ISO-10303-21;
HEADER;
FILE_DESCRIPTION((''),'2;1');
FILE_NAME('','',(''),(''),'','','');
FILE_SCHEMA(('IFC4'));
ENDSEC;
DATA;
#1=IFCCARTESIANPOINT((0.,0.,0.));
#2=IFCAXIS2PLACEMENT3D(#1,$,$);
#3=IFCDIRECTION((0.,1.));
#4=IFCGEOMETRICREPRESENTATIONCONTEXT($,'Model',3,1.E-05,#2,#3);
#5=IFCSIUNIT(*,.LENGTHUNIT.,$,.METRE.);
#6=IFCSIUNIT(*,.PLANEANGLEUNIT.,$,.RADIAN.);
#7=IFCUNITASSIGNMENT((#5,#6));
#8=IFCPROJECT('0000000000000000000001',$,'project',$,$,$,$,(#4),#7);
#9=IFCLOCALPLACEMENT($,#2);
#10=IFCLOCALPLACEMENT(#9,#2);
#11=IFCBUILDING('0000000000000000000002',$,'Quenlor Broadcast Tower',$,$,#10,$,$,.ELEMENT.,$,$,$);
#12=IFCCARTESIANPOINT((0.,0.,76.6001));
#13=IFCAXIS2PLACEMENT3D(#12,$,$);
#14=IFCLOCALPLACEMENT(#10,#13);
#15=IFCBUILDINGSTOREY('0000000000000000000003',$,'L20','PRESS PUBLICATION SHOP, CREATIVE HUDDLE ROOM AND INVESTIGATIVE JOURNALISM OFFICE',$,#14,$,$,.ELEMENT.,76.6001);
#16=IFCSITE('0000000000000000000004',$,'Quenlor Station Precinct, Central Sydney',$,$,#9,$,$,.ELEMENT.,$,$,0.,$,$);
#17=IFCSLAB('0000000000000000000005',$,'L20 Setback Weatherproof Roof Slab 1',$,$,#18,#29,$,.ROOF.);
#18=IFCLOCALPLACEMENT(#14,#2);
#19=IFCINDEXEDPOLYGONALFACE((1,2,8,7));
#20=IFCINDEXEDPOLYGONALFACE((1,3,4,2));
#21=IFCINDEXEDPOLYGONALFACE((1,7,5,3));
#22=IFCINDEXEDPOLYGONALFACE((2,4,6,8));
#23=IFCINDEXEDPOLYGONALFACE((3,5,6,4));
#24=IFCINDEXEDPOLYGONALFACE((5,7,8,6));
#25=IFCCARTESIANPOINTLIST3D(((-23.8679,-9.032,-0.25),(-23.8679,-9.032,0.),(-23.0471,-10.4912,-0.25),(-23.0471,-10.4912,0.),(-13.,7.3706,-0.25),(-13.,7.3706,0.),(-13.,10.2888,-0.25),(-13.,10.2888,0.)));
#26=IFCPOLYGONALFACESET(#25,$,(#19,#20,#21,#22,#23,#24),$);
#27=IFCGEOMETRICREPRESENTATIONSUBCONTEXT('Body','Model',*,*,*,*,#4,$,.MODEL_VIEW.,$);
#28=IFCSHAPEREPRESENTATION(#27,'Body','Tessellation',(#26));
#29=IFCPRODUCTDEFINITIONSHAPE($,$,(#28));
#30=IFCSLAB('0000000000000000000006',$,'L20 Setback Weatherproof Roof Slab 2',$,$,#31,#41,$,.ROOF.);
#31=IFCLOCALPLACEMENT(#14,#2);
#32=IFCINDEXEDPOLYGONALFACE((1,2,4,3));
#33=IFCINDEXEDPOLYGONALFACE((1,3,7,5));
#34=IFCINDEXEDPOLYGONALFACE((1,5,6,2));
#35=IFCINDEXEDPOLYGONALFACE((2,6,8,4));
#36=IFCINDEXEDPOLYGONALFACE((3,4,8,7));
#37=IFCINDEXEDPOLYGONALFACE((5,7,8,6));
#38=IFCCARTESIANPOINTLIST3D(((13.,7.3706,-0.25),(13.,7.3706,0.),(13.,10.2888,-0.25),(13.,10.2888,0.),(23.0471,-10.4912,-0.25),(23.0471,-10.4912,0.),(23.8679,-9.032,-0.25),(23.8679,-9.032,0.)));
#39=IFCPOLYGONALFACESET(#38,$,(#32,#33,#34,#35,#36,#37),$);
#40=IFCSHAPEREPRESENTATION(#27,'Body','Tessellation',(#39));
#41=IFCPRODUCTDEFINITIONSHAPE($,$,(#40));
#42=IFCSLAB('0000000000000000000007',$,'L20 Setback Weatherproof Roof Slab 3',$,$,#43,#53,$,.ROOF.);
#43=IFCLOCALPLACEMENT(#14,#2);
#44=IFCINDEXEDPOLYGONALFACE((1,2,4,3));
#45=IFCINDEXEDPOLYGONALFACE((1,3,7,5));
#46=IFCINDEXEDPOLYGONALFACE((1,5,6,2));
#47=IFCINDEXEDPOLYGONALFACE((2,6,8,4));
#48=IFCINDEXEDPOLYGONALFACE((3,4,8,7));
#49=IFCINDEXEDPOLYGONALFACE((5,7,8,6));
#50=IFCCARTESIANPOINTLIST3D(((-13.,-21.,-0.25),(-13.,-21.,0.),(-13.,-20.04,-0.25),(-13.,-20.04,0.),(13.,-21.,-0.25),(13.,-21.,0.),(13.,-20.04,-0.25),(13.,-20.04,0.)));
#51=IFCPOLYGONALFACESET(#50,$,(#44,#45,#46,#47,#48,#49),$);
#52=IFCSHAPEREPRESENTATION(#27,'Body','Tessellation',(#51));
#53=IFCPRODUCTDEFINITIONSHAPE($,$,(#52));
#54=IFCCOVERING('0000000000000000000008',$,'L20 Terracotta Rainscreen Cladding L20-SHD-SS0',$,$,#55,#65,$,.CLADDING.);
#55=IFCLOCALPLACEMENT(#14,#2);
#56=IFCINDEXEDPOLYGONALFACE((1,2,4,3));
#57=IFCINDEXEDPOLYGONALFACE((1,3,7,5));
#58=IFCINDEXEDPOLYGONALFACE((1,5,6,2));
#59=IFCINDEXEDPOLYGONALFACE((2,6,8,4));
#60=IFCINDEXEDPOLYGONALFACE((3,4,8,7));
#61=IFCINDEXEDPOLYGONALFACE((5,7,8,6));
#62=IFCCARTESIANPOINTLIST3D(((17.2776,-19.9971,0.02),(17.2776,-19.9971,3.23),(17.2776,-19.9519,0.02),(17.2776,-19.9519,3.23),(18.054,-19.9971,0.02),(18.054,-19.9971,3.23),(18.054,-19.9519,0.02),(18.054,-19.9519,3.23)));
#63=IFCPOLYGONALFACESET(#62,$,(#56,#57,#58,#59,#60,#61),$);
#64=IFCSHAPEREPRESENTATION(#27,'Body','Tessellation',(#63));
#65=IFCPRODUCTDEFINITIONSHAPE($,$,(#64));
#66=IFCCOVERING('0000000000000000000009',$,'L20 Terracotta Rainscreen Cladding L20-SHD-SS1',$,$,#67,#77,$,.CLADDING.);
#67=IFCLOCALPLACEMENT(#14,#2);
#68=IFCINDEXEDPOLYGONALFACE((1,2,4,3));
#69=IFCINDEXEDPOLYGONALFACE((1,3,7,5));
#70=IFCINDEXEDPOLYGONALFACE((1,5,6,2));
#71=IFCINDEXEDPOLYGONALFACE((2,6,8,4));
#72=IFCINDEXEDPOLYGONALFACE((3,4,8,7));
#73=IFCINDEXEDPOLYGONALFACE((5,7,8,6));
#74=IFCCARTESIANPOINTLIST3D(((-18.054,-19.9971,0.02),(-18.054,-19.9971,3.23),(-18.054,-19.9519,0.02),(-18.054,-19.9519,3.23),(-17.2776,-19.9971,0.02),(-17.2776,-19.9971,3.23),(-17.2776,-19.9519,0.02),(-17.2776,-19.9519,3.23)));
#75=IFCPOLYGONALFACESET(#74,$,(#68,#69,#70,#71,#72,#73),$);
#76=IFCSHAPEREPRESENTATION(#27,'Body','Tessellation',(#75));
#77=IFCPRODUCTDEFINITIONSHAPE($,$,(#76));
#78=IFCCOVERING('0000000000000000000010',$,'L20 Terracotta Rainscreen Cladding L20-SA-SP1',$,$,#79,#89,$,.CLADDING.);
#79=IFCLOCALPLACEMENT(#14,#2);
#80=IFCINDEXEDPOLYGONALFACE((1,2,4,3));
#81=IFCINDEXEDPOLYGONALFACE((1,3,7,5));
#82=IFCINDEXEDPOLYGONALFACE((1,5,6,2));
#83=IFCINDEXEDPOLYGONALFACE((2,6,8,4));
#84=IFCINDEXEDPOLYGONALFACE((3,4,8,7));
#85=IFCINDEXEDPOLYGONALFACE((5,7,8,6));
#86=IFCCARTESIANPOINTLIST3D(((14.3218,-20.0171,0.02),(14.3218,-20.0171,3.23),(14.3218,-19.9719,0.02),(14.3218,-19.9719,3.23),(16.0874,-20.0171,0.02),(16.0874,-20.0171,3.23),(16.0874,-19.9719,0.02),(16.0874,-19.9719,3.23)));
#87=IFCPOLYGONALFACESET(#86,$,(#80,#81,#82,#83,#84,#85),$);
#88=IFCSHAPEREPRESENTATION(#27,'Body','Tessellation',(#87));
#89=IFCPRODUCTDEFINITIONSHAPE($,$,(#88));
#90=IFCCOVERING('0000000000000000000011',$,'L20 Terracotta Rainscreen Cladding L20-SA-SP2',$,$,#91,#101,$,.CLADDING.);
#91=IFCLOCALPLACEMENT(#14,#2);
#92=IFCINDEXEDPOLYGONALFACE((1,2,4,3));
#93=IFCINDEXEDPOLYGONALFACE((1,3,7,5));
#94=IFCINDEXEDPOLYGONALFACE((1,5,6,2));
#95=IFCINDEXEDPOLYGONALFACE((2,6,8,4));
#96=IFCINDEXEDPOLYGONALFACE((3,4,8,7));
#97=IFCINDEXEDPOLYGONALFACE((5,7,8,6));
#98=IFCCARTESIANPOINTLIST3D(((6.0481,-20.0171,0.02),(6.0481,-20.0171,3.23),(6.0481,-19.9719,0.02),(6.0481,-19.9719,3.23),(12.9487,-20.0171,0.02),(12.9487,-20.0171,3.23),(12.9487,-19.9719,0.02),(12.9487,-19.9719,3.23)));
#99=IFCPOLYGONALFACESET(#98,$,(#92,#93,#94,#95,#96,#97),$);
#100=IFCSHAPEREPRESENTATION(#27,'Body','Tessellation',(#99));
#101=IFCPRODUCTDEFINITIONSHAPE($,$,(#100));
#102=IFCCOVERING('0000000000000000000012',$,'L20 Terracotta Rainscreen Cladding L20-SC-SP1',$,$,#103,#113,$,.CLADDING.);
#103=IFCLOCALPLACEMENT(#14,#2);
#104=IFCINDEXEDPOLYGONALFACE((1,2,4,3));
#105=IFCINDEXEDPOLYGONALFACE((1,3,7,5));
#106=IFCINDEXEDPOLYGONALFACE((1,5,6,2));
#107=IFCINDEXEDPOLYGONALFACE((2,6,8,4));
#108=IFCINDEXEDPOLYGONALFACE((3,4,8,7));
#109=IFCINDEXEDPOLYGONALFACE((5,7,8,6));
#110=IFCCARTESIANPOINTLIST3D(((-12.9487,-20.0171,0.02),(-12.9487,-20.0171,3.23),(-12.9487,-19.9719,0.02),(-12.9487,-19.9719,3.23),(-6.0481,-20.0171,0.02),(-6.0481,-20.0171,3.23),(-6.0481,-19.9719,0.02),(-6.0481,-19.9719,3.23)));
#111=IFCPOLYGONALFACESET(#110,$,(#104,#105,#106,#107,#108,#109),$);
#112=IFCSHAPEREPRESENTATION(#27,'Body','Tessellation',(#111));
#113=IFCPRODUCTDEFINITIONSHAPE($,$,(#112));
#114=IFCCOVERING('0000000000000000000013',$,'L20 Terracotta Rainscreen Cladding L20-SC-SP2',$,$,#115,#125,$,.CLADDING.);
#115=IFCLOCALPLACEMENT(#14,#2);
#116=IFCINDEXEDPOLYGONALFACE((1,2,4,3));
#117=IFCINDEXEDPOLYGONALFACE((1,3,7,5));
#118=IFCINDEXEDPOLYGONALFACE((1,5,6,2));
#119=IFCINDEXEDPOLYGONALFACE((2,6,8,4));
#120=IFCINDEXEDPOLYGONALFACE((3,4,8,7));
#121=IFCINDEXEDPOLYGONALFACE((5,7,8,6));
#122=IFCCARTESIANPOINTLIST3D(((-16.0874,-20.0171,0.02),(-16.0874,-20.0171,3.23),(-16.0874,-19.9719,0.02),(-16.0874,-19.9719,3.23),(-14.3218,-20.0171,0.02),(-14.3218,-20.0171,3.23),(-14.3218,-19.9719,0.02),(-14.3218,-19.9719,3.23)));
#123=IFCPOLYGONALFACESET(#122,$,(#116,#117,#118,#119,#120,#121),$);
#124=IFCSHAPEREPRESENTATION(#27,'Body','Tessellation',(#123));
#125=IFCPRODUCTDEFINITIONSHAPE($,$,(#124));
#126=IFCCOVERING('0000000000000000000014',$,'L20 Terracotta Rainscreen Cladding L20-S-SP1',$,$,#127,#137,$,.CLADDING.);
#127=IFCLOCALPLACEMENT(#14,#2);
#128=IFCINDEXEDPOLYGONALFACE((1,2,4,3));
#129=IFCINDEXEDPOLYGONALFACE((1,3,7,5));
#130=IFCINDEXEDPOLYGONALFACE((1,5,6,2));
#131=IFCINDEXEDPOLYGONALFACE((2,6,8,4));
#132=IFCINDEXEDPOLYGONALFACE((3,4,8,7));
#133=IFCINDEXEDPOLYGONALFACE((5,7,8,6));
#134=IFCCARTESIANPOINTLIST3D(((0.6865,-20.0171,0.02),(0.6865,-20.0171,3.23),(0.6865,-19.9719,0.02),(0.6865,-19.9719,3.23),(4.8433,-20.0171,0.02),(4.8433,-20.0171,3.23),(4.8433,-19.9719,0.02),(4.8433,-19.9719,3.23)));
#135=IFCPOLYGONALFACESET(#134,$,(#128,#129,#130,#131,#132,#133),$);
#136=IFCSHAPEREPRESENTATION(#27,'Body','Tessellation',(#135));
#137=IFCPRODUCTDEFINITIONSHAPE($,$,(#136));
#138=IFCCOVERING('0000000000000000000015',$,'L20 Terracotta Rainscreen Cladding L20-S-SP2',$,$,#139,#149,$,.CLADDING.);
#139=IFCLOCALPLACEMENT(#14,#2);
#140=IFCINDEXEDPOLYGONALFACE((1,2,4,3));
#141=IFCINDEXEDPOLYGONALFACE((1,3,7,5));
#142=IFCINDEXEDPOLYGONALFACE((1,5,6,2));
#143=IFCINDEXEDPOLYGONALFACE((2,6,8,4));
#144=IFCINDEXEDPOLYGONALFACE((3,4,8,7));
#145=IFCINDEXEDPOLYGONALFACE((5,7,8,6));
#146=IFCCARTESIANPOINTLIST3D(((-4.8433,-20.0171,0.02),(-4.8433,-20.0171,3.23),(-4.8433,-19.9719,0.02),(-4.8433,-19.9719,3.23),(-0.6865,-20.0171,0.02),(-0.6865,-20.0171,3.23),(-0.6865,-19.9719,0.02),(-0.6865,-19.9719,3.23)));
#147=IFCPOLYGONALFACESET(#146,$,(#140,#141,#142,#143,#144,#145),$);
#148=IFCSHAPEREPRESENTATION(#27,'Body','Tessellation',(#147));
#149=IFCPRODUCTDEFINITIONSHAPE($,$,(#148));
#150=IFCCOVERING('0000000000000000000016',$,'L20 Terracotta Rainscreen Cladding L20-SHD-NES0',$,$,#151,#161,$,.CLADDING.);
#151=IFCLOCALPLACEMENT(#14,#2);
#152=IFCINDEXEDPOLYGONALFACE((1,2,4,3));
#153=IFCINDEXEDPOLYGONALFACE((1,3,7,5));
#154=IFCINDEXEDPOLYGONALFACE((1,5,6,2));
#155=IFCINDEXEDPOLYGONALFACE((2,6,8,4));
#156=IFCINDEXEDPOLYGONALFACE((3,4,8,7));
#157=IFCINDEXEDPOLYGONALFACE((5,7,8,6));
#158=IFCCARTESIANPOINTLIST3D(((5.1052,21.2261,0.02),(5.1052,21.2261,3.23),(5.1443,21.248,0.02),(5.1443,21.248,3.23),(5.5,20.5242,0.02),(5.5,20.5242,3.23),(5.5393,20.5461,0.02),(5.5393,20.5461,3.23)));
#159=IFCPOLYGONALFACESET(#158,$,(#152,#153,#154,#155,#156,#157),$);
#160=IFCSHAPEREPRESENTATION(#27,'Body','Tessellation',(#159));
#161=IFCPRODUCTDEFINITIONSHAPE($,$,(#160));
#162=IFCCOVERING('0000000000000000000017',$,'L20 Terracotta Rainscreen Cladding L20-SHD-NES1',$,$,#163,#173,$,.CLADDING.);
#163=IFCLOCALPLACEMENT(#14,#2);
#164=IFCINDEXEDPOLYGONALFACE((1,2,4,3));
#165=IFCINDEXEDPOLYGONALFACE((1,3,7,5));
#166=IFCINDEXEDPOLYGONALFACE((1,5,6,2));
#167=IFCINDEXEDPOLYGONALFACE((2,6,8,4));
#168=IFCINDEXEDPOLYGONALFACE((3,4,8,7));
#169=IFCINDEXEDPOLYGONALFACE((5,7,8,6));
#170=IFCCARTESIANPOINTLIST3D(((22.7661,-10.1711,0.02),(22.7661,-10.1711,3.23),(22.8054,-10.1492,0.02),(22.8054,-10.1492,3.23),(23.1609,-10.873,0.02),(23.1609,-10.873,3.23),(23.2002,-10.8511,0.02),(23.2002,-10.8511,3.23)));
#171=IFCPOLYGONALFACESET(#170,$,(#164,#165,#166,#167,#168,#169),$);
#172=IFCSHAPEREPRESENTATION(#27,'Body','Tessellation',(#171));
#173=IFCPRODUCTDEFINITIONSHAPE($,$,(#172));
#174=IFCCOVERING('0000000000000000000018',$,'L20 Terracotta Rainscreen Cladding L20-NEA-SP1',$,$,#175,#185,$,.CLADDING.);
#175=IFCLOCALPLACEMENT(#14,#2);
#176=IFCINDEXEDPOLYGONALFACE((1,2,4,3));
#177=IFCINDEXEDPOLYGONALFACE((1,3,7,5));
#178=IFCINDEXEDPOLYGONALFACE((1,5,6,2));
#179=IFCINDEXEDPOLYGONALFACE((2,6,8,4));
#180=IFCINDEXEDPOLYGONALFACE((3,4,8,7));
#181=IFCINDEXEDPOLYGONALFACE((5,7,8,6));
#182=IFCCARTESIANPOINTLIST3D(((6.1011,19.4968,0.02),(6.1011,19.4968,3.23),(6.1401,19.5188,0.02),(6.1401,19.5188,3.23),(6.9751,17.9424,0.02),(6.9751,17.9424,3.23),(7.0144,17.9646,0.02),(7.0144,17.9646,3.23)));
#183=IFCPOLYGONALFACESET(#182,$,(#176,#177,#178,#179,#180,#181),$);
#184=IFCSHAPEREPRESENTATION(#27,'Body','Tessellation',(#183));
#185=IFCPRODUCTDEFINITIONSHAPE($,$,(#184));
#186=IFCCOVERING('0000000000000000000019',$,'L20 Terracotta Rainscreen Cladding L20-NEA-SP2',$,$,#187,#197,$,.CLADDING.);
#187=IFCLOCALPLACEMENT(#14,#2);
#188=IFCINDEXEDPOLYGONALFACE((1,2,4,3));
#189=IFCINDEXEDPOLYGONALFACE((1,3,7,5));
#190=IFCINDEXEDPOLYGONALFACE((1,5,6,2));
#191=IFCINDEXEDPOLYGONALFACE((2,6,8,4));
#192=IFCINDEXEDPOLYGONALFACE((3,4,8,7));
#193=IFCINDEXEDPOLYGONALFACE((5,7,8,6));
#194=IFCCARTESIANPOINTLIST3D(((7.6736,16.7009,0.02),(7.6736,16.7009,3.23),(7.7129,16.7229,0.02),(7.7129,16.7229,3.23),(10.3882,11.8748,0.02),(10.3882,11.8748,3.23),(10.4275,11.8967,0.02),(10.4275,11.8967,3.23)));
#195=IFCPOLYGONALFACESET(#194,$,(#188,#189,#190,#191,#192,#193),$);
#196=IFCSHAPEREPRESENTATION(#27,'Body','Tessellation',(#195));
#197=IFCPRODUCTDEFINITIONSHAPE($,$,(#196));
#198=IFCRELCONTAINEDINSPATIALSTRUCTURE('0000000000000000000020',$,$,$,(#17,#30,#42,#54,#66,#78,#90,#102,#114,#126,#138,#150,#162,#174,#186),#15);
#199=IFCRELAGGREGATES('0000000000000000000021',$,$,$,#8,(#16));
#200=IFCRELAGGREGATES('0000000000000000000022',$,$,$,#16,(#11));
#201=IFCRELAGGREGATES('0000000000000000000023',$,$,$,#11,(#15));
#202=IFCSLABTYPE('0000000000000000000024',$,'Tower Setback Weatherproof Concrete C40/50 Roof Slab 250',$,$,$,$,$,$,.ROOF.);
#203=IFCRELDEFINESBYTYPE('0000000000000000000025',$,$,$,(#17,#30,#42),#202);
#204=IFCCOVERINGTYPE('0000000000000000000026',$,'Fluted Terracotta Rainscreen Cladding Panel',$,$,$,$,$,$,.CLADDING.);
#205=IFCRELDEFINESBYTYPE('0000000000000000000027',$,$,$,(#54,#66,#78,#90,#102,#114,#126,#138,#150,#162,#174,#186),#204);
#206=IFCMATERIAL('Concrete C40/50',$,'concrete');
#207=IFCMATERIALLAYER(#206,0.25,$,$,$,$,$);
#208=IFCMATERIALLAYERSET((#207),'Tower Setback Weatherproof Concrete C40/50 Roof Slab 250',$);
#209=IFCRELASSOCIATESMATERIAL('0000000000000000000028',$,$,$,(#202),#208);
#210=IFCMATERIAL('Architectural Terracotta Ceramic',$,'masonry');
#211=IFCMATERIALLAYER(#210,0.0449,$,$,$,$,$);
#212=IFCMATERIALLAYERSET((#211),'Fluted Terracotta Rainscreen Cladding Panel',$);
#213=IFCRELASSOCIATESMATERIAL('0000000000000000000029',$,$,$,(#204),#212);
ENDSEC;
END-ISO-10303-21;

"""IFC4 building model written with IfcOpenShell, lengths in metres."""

from ifc_helpers import new_model, si_unit, direction, frame, origin, place, context, subcontext, project, spatial, polyline, outline, extrude, material, layer, layer_set, type_object, element, save


model = new_model("IFC4")

# Units and contexts
model_context = context("Model", 3, precision=1e-05, world=origin(), true_north=direction((0.0, 1.0)))
body_context = subcontext(model_context, "Body", "Model", "MODEL_VIEW")
ifc_project = project(units=[si_unit("LENGTHUNIT", "METRE"), si_unit("PLANEANGLEUNIT", "RADIAN")], contexts=[model_context])

# Site, building, storey
site_placement = place(None, origin())
site = spatial("IfcSite", under=ifc_project, at=site_placement, Name="Quenlor Station Precinct, Central Sydney", CompositionType="ELEMENT", RefElevation=0.0)
building_placement = place(site_placement, origin())
building = spatial("IfcBuilding", under=site, at=building_placement, Name="Quenlor Broadcast Tower", CompositionType="ELEMENT")
storey_placement = place(building_placement, frame((0.0, 0.0, 76.6001)))
storey = spatial("IfcBuildingStorey", under=building, at=storey_placement, Name="L20", Description="PRESS PUBLICATION SHOP, CREATIVE HUDDLE ROOM AND INVESTIGATIVE JOURNALISM OFFICE", CompositionType="ELEMENT", Elevation=76.6001)

# Slabs
ifc_material_1 = material(Name="Concrete C40/50", Category="concrete")
ifc_layer_1 = layer(ifc_material_1, 0.25)
ifc_layer_set_1 = layer_set([ifc_layer_1], Name="Tower Setback Weatherproof Concrete C40/50 Roof Slab 250")
slab_type = type_object("IfcSlabType", Name="Tower Setback Weatherproof Concrete C40/50 Roof Slab 250", PredefinedType="ROOF", material=ifc_layer_set_1)
slab_1_placement = place(storey_placement, frame((0.0, 0.0, -0.25)))
element("IfcSlab", 1, at=slab_1_placement, inside=storey, type_object=slab_type, Name="L20 Setback Weatherproof Roof Slab 1", PredefinedType="ROOF", context=body_context, shape_type="SweptSolid", body=[
    extrude(outline(polyline([(-13.0, 10.2888), (-13.0, 7.3706), (-23.0471, -10.4912), (-23.8679, -9.032), (-13.0, 10.2888)])), origin(), (0.0, 0.0, 1.0), 0.25),
])
slab_2_placement = place(storey_placement, frame((0.0, 0.0, -0.25)))
element("IfcSlab", 2, at=slab_2_placement, inside=storey, type_object=slab_type, Name="L20 Setback Weatherproof Roof Slab 2", PredefinedType="ROOF", context=body_context, shape_type="SweptSolid", body=[
    extrude(outline(polyline([(23.8679, -9.032), (23.0471, -10.4912), (13.0, 7.3706), (13.0, 10.2888), (23.8679, -9.032)])), origin(), (0.0, 0.0, 1.0), 0.25),
])
slab_3_placement = place(storey_placement, frame((0.0, 0.0, -0.25)))
element("IfcSlab", 3, at=slab_3_placement, inside=storey, type_object=slab_type, Name="L20 Setback Weatherproof Roof Slab 3", PredefinedType="ROOF", context=body_context, shape_type="SweptSolid", body=[
    extrude(outline(polyline([(-13.0, -21.0), (-13.0, -20.04), (13.0, -20.04), (13.0, -21.0), (-13.0, -21.0)])), origin(), (0.0, 0.0, 1.0), 0.25),
])

# Coverings
ifc_material_2 = material(Name="Architectural Terracotta Ceramic", Category="masonry")
ifc_layer_2 = layer(ifc_material_2, 0.0449)
ifc_layer_set_2 = layer_set([ifc_layer_2], Name="Fluted Terracotta Rainscreen Cladding Panel")
covering_type = type_object("IfcCoveringType", Name="Fluted Terracotta Rainscreen Cladding Panel", PredefinedType="CLADDING", material=ifc_layer_set_2)
covering_1_placement = place(storey_placement, frame((0.0, 0.0, 0.02)))
element("IfcCovering", 4, at=covering_1_placement, inside=storey, type_object=covering_type, Name="L20 Terracotta Rainscreen Cladding L20-SHD-SS0", PredefinedType="CLADDING", context=body_context, shape_type="SweptSolid", body=[
    extrude(outline(polyline([(18.054, -19.9519), (17.2776, -19.9519), (17.2776, -19.9971), (18.054, -19.9971), (18.054, -19.9519)])), origin(), (0.0, 0.0, 1.0), 3.21),
])
covering_2_placement = place(storey_placement, frame((0.0, 0.0, 0.02)))
element("IfcCovering", 5, at=covering_2_placement, inside=storey, type_object=covering_type, Name="L20 Terracotta Rainscreen Cladding L20-SHD-SS1", PredefinedType="CLADDING", context=body_context, shape_type="SweptSolid", body=[
    extrude(outline(polyline([(-17.2776, -19.9519), (-18.054, -19.9519), (-18.054, -19.9971), (-17.2776, -19.9971), (-17.2776, -19.9519)])), origin(), (0.0, 0.0, 1.0), 3.21),
])
covering_3_placement = place(storey_placement, frame((0.0, 0.0, 0.02)))
element("IfcCovering", 6, at=covering_3_placement, inside=storey, type_object=covering_type, Name="L20 Terracotta Rainscreen Cladding L20-SA-SP1", PredefinedType="CLADDING", context=body_context, shape_type="SweptSolid", body=[
    extrude(outline(polyline([(16.0874, -19.9719), (14.3218, -19.9719), (14.3218, -20.0171), (16.0874, -20.0171), (16.0874, -19.9719)])), origin(), (0.0, 0.0, 1.0), 3.21),
])
covering_4_placement = place(storey_placement, frame((0.0, 0.0, 0.02)))
element("IfcCovering", 7, at=covering_4_placement, inside=storey, type_object=covering_type, Name="L20 Terracotta Rainscreen Cladding L20-SA-SP2", PredefinedType="CLADDING", context=body_context, shape_type="SweptSolid", body=[
    extrude(outline(polyline([(12.9487, -19.9719), (6.0481, -19.9719), (6.0481, -20.0171), (12.9487, -20.0171), (12.9487, -19.9719)])), origin(), (0.0, 0.0, 1.0), 3.21),
])
covering_5_placement = place(storey_placement, frame((0.0, 0.0, 0.02)))
element("IfcCovering", 8, at=covering_5_placement, inside=storey, type_object=covering_type, Name="L20 Terracotta Rainscreen Cladding L20-SC-SP1", PredefinedType="CLADDING", context=body_context, shape_type="SweptSolid", body=[
    extrude(outline(polyline([(-6.0481, -19.9719), (-12.9487, -19.9719), (-12.9487, -20.0171), (-6.0481, -20.0171), (-6.0481, -19.9719)])), origin(), (0.0, 0.0, 1.0), 3.21),
])
covering_6_placement = place(storey_placement, frame((0.0, 0.0, 0.02)))
element("IfcCovering", 9, at=covering_6_placement, inside=storey, type_object=covering_type, Name="L20 Terracotta Rainscreen Cladding L20-SC-SP2", PredefinedType="CLADDING", context=body_context, shape_type="SweptSolid", body=[
    extrude(outline(polyline([(-14.3218, -19.9719), (-16.0874, -19.9719), (-16.0874, -20.0171), (-14.3218, -20.0171), (-14.3218, -19.9719)])), origin(), (0.0, 0.0, 1.0), 3.21),
])
covering_7_placement = place(storey_placement, frame((0.0, 0.0, 0.02)))
element("IfcCovering", 10, at=covering_7_placement, inside=storey, type_object=covering_type, Name="L20 Terracotta Rainscreen Cladding L20-S-SP1", PredefinedType="CLADDING", context=body_context, shape_type="SweptSolid", body=[
    extrude(outline(polyline([(4.8433, -19.9719), (0.6865, -19.9719), (0.6865, -20.0171), (4.8433, -20.0171), (4.8433, -19.9719)])), origin(), (0.0, 0.0, 1.0), 3.21),
])
covering_8_placement = place(storey_placement, frame((0.0, 0.0, 0.02)))
element("IfcCovering", 11, at=covering_8_placement, inside=storey, type_object=covering_type, Name="L20 Terracotta Rainscreen Cladding L20-S-SP2", PredefinedType="CLADDING", context=body_context, shape_type="SweptSolid", body=[
    extrude(outline(polyline([(-0.6865, -19.9719), (-4.8433, -19.9719), (-4.8433, -20.0171), (-0.6865, -20.0171), (-0.6865, -19.9719)])), origin(), (0.0, 0.0, 1.0), 3.21),
])
covering_9_placement = place(storey_placement, frame((0.0, 0.0, 0.02)))
element("IfcCovering", 12, at=covering_9_placement, inside=storey, type_object=covering_type, Name="L20 Terracotta Rainscreen Cladding L20-SHD-NES0", PredefinedType="CLADDING", context=body_context, shape_type="SweptSolid", body=[
    extrude(outline(polyline([(5.1052, 21.2261), (5.5, 20.5242), (5.5393, 20.5461), (5.1443, 21.248), (5.1052, 21.2261)])), origin(), (0.0, 0.0, 1.0), 3.21),
])
covering_10_placement = place(storey_placement, frame((0.0, 0.0, 0.02)))
element("IfcCovering", 13, at=covering_10_placement, inside=storey, type_object=covering_type, Name="L20 Terracotta Rainscreen Cladding L20-SHD-NES1", PredefinedType="CLADDING", context=body_context, shape_type="SweptSolid", body=[
    extrude(outline(polyline([(22.7661, -10.1711), (23.1609, -10.873), (23.2002, -10.8511), (22.8054, -10.1492), (22.7661, -10.1711)])), origin(), (0.0, 0.0, 1.0), 3.21),
])
covering_11_placement = place(storey_placement, frame((0.0, 0.0, 0.02)))
element("IfcCovering", 14, at=covering_11_placement, inside=storey, type_object=covering_type, Name="L20 Terracotta Rainscreen Cladding L20-NEA-SP1", PredefinedType="CLADDING", context=body_context, shape_type="SweptSolid", body=[
    extrude(outline(polyline([(6.1011, 19.4968), (6.9751, 17.9424), (7.0144, 17.9646), (6.1401, 19.5188), (6.1011, 19.4968)])), origin(), (0.0, 0.0, 1.0), 3.21),
])
covering_12_placement = place(storey_placement, frame((0.0, 0.0, 0.02)))
element("IfcCovering", 15, at=covering_12_placement, inside=storey, type_object=covering_type, Name="L20 Terracotta Rainscreen Cladding L20-NEA-SP2", PredefinedType="CLADDING", context=body_context, shape_type="SweptSolid", body=[
    extrude(outline(polyline([(7.6736, 16.7009), (10.3882, 11.8748), (10.4275, 11.8967), (7.7129, 16.7229), (7.6736, 16.7009)])), origin(), (0.0, 0.0, 1.0), 3.21),
])

save(model, "model.ifc")
